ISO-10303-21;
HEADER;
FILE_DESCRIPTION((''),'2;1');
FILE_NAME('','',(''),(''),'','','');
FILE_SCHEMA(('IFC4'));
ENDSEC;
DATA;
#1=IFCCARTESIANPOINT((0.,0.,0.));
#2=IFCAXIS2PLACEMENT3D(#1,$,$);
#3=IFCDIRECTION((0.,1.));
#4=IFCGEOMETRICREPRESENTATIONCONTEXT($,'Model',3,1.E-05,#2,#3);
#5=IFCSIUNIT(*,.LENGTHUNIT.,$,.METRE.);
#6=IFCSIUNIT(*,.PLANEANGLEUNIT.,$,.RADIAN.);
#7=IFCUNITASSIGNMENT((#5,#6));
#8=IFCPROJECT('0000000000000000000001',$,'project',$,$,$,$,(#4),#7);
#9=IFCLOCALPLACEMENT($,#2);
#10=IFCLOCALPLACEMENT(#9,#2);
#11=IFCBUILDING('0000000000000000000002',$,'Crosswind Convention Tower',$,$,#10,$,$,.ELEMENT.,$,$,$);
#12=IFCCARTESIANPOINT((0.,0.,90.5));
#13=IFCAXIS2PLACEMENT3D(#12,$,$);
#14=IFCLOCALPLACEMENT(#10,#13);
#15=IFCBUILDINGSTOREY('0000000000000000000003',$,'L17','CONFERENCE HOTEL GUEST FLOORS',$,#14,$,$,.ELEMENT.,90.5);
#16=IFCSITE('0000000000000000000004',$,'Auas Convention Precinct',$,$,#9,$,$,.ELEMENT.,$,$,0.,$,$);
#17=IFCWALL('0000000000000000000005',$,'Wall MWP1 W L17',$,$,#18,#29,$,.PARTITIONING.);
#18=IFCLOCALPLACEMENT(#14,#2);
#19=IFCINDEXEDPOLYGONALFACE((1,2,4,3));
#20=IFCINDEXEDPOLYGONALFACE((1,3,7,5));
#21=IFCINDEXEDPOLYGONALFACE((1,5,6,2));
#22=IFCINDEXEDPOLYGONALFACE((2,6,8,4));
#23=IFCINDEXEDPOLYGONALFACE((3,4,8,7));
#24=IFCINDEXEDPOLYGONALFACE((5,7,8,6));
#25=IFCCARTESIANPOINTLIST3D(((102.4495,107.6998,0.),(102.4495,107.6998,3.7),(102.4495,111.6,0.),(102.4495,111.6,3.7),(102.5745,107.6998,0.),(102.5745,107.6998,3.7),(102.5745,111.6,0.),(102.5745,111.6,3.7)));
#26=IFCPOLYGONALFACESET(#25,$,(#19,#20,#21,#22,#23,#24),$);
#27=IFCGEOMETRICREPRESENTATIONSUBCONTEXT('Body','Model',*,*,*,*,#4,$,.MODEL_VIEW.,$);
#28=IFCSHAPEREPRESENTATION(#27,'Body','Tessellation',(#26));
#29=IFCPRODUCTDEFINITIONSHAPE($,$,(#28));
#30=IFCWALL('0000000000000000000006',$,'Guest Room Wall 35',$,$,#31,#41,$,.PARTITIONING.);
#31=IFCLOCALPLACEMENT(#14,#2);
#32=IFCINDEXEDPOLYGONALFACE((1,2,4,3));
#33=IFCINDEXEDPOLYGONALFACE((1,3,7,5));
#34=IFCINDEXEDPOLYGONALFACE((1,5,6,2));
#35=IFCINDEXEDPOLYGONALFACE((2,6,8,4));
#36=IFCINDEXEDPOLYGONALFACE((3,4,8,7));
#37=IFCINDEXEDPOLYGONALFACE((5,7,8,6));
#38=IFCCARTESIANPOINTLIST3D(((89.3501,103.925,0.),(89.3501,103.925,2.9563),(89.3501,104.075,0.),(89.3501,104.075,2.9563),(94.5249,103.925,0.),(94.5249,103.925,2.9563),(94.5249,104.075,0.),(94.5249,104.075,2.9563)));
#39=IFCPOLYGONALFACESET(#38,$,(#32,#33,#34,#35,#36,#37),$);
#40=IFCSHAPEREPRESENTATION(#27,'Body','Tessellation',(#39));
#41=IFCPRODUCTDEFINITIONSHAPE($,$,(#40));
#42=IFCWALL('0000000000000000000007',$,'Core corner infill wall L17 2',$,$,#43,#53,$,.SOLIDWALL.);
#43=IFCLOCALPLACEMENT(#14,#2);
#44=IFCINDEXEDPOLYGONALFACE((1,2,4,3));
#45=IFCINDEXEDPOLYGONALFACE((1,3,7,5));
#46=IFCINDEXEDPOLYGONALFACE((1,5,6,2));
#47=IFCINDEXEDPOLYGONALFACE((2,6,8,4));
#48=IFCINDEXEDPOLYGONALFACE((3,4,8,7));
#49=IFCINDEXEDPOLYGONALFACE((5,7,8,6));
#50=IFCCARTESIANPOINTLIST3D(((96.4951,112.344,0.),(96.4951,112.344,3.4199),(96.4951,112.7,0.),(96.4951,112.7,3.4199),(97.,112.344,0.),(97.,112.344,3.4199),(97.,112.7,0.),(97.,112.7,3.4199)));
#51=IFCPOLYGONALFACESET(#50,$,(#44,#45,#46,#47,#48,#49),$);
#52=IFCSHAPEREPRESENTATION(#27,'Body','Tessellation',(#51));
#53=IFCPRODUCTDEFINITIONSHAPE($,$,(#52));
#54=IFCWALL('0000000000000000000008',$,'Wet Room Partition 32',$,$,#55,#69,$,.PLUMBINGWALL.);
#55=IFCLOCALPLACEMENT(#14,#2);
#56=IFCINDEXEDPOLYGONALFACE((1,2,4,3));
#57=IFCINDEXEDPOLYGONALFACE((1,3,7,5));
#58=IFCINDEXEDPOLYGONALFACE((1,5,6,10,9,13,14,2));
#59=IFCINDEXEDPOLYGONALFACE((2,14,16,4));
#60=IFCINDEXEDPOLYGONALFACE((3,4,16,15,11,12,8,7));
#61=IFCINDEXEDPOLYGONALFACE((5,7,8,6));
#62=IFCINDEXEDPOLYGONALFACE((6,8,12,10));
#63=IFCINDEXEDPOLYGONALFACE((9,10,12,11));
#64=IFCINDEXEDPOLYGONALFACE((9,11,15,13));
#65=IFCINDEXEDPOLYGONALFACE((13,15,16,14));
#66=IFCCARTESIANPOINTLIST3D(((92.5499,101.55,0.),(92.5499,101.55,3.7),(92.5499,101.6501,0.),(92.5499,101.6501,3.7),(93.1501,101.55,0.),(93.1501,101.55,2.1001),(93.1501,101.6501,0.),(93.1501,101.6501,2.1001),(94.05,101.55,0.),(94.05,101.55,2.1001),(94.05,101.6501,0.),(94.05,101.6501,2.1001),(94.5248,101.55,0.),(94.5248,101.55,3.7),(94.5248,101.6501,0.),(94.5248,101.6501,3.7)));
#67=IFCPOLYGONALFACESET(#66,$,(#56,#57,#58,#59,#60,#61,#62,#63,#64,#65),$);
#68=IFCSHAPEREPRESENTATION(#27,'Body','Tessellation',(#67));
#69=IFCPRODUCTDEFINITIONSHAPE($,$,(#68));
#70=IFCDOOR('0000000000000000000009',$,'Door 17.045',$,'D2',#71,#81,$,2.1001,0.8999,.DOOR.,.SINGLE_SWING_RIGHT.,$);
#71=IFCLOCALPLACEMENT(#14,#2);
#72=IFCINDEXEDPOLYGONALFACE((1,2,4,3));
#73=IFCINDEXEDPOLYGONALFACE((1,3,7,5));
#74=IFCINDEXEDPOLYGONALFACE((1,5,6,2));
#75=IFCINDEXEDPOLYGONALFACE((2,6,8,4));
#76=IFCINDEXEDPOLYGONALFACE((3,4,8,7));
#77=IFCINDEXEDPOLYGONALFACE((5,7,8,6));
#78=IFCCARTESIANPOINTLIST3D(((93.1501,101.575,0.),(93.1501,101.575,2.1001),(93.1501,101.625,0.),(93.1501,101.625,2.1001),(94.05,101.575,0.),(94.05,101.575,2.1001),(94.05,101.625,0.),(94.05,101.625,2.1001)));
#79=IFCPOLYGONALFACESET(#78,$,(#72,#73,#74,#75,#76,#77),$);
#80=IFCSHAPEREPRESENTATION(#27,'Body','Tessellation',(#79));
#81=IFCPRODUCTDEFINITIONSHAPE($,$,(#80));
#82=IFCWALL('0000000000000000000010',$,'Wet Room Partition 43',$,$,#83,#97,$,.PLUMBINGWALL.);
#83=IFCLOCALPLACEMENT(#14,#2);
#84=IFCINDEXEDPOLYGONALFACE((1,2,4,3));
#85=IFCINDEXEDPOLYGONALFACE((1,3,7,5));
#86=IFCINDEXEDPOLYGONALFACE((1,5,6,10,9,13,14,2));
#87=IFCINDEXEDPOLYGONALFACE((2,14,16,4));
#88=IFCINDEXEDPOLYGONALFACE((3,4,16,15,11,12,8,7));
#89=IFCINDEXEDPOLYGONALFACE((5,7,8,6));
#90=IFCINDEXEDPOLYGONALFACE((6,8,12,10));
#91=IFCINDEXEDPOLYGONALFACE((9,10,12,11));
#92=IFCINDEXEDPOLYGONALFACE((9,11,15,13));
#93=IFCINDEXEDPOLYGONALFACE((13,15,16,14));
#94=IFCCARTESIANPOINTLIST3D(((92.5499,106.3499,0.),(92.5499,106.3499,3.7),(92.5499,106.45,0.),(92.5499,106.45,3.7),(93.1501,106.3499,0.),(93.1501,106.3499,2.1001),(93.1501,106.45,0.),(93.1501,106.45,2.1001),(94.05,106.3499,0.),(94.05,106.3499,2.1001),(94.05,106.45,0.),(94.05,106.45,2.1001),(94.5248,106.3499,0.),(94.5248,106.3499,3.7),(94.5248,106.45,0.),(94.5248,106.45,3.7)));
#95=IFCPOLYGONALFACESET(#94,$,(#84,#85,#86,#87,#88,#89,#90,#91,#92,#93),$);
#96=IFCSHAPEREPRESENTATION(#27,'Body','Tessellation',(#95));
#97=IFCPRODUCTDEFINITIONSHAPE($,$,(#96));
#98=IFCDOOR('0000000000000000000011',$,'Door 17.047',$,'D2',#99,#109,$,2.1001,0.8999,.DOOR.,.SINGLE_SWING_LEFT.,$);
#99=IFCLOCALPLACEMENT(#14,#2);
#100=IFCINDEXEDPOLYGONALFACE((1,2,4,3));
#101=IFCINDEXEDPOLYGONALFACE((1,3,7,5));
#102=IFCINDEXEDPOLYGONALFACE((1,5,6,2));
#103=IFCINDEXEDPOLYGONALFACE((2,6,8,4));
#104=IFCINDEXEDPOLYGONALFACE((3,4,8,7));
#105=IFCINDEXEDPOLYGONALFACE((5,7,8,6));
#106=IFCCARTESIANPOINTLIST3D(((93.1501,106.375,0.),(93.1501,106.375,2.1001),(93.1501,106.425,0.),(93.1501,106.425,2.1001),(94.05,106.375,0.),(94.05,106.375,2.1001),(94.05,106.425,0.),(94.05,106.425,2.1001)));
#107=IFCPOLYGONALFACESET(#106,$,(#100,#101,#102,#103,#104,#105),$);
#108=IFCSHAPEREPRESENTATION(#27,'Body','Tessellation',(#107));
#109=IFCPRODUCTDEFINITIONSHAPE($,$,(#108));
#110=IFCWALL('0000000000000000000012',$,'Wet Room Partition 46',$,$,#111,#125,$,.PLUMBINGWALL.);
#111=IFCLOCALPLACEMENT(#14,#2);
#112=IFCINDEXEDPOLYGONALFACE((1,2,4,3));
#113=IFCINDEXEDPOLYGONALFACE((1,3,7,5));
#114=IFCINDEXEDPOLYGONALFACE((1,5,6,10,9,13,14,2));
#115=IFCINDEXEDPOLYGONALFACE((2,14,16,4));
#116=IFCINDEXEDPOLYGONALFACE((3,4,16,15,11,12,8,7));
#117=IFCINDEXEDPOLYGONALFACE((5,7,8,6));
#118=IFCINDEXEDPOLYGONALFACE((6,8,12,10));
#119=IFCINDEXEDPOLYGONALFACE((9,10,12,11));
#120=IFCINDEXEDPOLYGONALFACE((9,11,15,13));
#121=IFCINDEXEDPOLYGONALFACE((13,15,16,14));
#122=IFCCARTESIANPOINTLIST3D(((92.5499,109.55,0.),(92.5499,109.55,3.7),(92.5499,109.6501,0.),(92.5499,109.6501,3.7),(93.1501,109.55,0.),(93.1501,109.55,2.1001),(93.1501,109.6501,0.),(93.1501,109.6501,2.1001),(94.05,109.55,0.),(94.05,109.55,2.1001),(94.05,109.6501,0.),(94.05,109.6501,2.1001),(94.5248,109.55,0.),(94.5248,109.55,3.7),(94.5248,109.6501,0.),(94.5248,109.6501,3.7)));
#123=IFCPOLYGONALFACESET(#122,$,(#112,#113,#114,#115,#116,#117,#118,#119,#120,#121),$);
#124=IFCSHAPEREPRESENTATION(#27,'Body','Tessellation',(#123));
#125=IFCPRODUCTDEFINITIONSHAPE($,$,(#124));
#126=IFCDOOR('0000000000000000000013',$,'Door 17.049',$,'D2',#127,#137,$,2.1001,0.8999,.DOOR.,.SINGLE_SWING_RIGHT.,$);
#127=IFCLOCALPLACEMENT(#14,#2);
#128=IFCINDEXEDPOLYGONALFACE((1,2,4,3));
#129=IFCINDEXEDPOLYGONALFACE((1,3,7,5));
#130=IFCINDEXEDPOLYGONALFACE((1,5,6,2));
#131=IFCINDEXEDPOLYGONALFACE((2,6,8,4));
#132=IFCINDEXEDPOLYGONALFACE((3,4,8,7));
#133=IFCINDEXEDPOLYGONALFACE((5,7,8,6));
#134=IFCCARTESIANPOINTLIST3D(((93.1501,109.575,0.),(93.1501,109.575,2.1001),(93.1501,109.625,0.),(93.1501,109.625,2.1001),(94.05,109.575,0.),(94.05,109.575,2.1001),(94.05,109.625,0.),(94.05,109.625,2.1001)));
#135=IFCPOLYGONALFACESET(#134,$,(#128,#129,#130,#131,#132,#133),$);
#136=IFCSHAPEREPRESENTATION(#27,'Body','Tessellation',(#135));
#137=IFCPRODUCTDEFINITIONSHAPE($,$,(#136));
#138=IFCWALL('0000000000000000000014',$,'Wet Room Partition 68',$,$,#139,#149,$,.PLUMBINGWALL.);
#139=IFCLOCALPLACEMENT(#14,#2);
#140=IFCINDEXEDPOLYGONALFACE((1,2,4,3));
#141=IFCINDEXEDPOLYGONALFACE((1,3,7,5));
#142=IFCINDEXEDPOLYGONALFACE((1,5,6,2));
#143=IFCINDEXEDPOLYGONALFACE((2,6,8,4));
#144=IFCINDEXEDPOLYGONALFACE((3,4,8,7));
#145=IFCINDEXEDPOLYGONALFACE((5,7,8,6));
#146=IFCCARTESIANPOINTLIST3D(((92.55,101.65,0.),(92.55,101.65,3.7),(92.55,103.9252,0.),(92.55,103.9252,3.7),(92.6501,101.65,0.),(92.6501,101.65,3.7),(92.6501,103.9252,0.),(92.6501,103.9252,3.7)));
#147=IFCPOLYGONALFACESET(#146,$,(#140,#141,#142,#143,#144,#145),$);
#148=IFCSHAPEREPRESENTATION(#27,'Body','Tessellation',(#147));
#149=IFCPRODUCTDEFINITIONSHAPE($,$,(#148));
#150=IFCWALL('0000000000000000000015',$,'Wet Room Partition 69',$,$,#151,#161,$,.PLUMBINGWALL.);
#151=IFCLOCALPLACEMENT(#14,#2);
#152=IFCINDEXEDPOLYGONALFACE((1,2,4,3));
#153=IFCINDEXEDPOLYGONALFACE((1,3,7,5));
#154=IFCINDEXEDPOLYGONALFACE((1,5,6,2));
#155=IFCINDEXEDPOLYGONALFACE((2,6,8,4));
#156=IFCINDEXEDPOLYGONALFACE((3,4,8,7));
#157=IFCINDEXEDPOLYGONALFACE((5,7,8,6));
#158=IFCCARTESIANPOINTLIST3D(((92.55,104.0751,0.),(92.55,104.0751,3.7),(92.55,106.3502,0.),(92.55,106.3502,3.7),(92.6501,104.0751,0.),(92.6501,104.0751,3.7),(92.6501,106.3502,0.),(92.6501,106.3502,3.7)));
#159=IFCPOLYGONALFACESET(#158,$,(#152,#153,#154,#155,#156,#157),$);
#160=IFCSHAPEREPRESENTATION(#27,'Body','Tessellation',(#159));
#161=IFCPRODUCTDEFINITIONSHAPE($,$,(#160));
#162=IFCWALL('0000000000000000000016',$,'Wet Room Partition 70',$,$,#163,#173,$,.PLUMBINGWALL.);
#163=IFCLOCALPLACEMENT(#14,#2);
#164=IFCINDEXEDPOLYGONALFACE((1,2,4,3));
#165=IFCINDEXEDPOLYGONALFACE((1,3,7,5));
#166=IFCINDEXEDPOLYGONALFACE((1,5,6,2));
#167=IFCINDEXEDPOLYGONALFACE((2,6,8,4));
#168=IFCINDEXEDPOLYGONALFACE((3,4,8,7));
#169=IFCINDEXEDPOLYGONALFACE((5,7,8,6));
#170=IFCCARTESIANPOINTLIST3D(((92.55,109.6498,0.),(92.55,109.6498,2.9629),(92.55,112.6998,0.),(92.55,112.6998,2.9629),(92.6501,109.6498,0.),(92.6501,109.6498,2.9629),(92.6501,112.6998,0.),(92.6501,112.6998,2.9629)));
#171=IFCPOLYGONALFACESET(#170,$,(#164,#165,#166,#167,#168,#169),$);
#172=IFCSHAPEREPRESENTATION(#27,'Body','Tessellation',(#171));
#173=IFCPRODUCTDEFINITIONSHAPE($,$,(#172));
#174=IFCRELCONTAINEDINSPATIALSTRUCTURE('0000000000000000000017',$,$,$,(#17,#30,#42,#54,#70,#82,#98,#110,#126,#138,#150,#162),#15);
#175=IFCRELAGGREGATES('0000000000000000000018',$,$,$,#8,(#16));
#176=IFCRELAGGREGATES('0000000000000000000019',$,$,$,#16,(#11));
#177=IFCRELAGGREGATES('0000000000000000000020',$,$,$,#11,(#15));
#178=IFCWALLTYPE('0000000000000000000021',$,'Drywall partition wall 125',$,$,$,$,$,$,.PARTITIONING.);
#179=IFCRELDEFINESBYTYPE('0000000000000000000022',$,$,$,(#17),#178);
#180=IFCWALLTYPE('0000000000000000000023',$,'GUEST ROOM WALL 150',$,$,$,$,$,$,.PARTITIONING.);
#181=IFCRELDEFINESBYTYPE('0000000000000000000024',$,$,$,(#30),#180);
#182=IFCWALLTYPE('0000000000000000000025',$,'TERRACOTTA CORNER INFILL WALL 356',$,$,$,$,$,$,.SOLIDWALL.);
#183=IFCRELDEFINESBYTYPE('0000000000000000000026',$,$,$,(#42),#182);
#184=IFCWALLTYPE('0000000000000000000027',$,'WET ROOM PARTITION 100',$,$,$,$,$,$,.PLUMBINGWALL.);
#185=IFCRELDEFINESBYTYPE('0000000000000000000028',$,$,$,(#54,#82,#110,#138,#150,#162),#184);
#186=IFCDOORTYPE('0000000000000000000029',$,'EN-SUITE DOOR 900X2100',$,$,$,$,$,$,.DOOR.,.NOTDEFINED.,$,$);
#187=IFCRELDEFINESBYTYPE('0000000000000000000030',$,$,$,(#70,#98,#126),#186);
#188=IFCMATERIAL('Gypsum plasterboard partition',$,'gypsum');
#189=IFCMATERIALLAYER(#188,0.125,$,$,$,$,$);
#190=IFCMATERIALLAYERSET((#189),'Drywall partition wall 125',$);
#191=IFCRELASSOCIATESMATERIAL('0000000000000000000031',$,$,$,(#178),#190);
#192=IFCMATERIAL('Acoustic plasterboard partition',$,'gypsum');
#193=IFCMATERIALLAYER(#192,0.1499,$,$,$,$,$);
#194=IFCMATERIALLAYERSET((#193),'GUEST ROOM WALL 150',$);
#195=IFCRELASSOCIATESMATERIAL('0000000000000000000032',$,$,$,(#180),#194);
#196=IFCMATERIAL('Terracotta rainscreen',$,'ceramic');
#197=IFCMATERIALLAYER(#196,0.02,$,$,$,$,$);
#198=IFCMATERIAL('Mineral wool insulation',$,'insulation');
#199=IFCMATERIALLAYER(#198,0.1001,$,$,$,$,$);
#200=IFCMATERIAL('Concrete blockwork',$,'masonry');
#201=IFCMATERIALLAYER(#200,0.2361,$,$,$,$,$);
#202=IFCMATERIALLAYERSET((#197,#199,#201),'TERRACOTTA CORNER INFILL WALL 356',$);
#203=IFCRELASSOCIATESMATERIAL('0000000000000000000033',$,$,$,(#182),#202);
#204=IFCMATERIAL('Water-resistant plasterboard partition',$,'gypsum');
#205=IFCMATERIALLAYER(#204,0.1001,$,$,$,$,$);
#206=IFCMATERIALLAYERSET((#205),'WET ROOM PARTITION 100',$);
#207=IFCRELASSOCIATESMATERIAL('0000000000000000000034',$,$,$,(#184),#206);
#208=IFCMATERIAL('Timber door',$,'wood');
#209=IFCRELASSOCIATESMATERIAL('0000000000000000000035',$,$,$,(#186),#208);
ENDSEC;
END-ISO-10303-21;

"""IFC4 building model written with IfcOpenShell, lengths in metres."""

from ifc_helpers import new_model, si_unit, direction, frame, frame_2d, origin, place, context, subcontext, project, spatial, rectangle, extrude, material, layer, layer_set, type_object, element, fill, save


model = new_model("IFC4")

# Units and contexts
model_context = context("Model", 3, precision=1e-05, world=origin(), true_north=direction((0.0, 1.0)))
body_context = subcontext(model_context, "Body", "Model", "MODEL_VIEW")
ifc_project = project(units=[si_unit("LENGTHUNIT", "METRE"), si_unit("PLANEANGLEUNIT", "RADIAN")], contexts=[model_context])

# Site, building, storey
site_placement = place(None, origin())
site = spatial("IfcSite", under=ifc_project, at=site_placement, Name="Auas Convention Precinct", CompositionType="ELEMENT", RefElevation=0.0)
building_placement = place(site_placement, origin())
building = spatial("IfcBuilding", under=site, at=building_placement, Name="Crosswind Convention Tower", CompositionType="ELEMENT")
storey_placement = place(building_placement, frame((0.0, 0.0, 90.5)))
storey = spatial("IfcBuildingStorey", under=building, at=storey_placement, Name="L17", Description="CONFERENCE HOTEL GUEST FLOORS", CompositionType="ELEMENT", Elevation=90.5)

# Walls
ifc_material_1 = material(Name="Gypsum plasterboard partition", Category="gypsum")
ifc_layer_1 = layer(ifc_material_1, 0.125)
ifc_layer_set_1 = layer_set([ifc_layer_1], Name="Drywall partition wall 125")
wall_type_1 = type_object("IfcWallType", Name="Drywall partition wall 125", PredefinedType="PARTITIONING", material=ifc_layer_set_1)
wall_1_placement = place(storey_placement, frame((102.512, 111.6001, 0.0), z_axis=(0.0, 0.0, 1.0), x_axis=(0.0, -1.0, 0.0)))
element("IfcWall", 1, at=wall_1_placement, inside=storey, type_object=wall_type_1, Name="Wall MWP1 W L17", PredefinedType="PARTITIONING", context=body_context, shape_type="SweptSolid", body=[
    extrude(rectangle(XDim=3.9001, YDim=0.125, at=frame_2d((1.9502, 0.0))), origin(), (0.0, 0.0, 1.0), 3.7),
])
ifc_material_2 = material(Name="Acoustic plasterboard partition", Category="gypsum")
ifc_layer_2 = layer(ifc_material_2, 0.1499)
ifc_layer_set_2 = layer_set([ifc_layer_2], Name="GUEST ROOM WALL 150")
wall_type_2 = type_object("IfcWallType", Name="GUEST ROOM WALL 150", PredefinedType="PARTITIONING", material=ifc_layer_set_2)
wall_2_placement = place(storey_placement, frame((89.3501, 104.0, 0.0), z_axis=(0.0, 0.0, 1.0), x_axis=(1.0, 0.0, 0.0)))
element("IfcWall", 2, at=wall_2_placement, inside=storey, type_object=wall_type_2, Name="Guest Room Wall 35", PredefinedType="PARTITIONING", context=body_context, shape_type="SweptSolid", body=[
    extrude(rectangle(XDim=5.1748, YDim=0.1499, at=frame_2d((2.5874, 0.0))), origin(), (0.0, 0.0, 1.0), 2.9563),
])
ifc_material_3 = material(Name="Terracotta rainscreen", Category="ceramic")
ifc_layer_3 = layer(ifc_material_3, 0.02)
ifc_material_4 = material(Name="Mineral wool insulation", Category="insulation")
ifc_layer_4 = layer(ifc_material_4, 0.1001)
ifc_material_5 = material(Name="Concrete blockwork", Category="masonry")
ifc_layer_5 = layer(ifc_material_5, 0.2361)
ifc_layer_set_3 = layer_set([ifc_layer_3, ifc_layer_4, ifc_layer_5], Name="TERRACOTTA CORNER INFILL WALL 356")
wall_type_3 = type_object("IfcWallType", Name="TERRACOTTA CORNER INFILL WALL 356", PredefinedType="SOLIDWALL", material=ifc_layer_set_3)
wall_3_placement = place(storey_placement, frame((96.4951, 112.522, 0.0), z_axis=(0.0, 0.0, 1.0), x_axis=(1.0, 0.0, 0.0)))
element("IfcWall", 3, at=wall_3_placement, inside=storey, type_object=wall_type_3, Name="Core corner infill wall L17 2", PredefinedType="SOLIDWALL", context=body_context, shape_type="SweptSolid", body=[
    extrude(rectangle(XDim=0.5049, YDim=0.356, at=frame_2d((0.2524, 0.0))), origin(), (0.0, 0.0, 1.0), 3.4199),
])

# Walls, openings, doors
ifc_material_6 = material(Name="Water-resistant plasterboard partition", Category="gypsum")
ifc_layer_6 = layer(ifc_material_6, 0.1001)
ifc_layer_set_4 = layer_set([ifc_layer_6], Name="WET ROOM PARTITION 100")
wall_type_4 = type_object("IfcWallType", Name="WET ROOM PARTITION 100", PredefinedType="PLUMBINGWALL", material=ifc_layer_set_4)
wall_4_placement = place(storey_placement, frame((92.55, 101.6001, 0.0), z_axis=(0.0, 0.0, 1.0), x_axis=(1.0, 0.0, 0.0)))
wall_4 = element("IfcWall", 4, at=wall_4_placement, inside=storey, type_object=wall_type_4, Name="Wet Room Partition 32", PredefinedType="PLUMBINGWALL", context=body_context, shape_type="SweptSolid", body=[
    extrude(rectangle(XDim=1.9749, YDim=0.1001, at=frame_2d((0.9873, 0.0))), origin(), (0.0, 0.0, 1.0), 3.7),
])
opening_1_placement = place(wall_4_placement, frame((0.6001, 0.0, 0.0)))
opening_1 = element("IfcOpeningElement", 5, at=opening_1_placement, cuts=wall_4, PredefinedType="OPENING", context=body_context, shape_type="SweptSolid", body=[
    extrude(rectangle(XDim=0.8999, YDim=2.1001, at=frame_2d((0.45, 1.05))), frame((0.0, 0.0601, 0.0), z_axis=(0.0, -1.0, 0.0), x_axis=(1.0, 0.0, 0.0)), (0.0, 0.0, 1.0), 0.1201),
])
ifc_material_7 = material(Name="Timber door", Category="wood")
door_type_1 = type_object("IfcDoorType", Name="EN-SUITE DOOR 900X2100", OperationType="NOTDEFINED", PredefinedType="DOOR", material=ifc_material_7)
door_1_placement = place(opening_1_placement, origin())
door_1 = element("IfcDoor", 6, at=door_1_placement, inside=storey, type_object=door_type_1, Name="Door 17.045", ObjectType="D2", OperationType="SINGLE_SWING_RIGHT", OverallHeight=2.1001, OverallWidth=0.8999, PredefinedType="DOOR", context=body_context, shape_type="SweptSolid", body=[
    extrude(rectangle(XDim=0.8999, YDim=2.1001, at=frame_2d((0.45, 1.05))), frame((0.0, 0.0249, 0.0), z_axis=(0.0, -1.0, 0.0), x_axis=(1.0, 0.0, 0.0)), (0.0, 0.0, 1.0), 0.05),
])
fill(opening_1, door_1)
wall_5_placement = place(storey_placement, frame((92.55, 106.3999, 0.0), z_axis=(0.0, 0.0, 1.0), x_axis=(1.0, 0.0, 0.0)))
wall_5 = element("IfcWall", 7, at=wall_5_placement, inside=storey, type_object=wall_type_4, Name="Wet Room Partition 43", PredefinedType="PLUMBINGWALL", context=body_context, shape_type="SweptSolid", body=[
    extrude(rectangle(XDim=1.9749, YDim=0.1001, at=frame_2d((0.9873, 0.0))), origin(), (0.0, 0.0, 1.0), 3.7),
])
opening_2_placement = place(wall_5_placement, frame((0.6001, 0.0, 0.0)))
opening_2 = element("IfcOpeningElement", 8, at=opening_2_placement, cuts=wall_5, PredefinedType="OPENING", context=body_context, shape_type="SweptSolid", body=[
    extrude(rectangle(XDim=0.8999, YDim=2.1001, at=frame_2d((0.45, 1.05))), frame((0.0, 0.0601, 0.0), z_axis=(0.0, -1.0, 0.0), x_axis=(1.0, 0.0, 0.0)), (0.0, 0.0, 1.0), 0.1201),
])
door_2_placement = place(opening_2_placement, frame((0.8999, 0.0, 0.0), z_axis=(0.0, 0.0, 1.0), x_axis=(-1.0, 0.0, 0.0)))
door_2 = element("IfcDoor", 9, at=door_2_placement, inside=storey, type_object=door_type_1, Name="Door 17.047", ObjectType="D2", OperationType="SINGLE_SWING_LEFT", OverallHeight=2.1001, OverallWidth=0.8999, PredefinedType="DOOR", context=body_context, shape_type="SweptSolid", body=[
    extrude(rectangle(XDim=0.8999, YDim=2.1001, at=frame_2d((0.45, 1.05))), frame((0.0, 0.0249, 0.0), z_axis=(0.0, -1.0, 0.0), x_axis=(1.0, 0.0, 0.0)), (0.0, 0.0, 1.0), 0.05),
])
fill(opening_2, door_2)
wall_6_placement = place(storey_placement, frame((92.55, 109.6001, 0.0), z_axis=(0.0, 0.0, 1.0), x_axis=(1.0, 0.0, 0.0)))
wall_6 = element("IfcWall", 10, at=wall_6_placement, inside=storey, type_object=wall_type_4, Name="Wet Room Partition 46", PredefinedType="PLUMBINGWALL", context=body_context, shape_type="SweptSolid", body=[
    extrude(rectangle(XDim=1.9749, YDim=0.1001, at=frame_2d((0.9873, 0.0))), origin(), (0.0, 0.0, 1.0), 3.7),
])
opening_3_placement = place(wall_6_placement, frame((0.6001, 0.0, 0.0)))
opening_3 = element("IfcOpeningElement", 11, at=opening_3_placement, cuts=wall_6, PredefinedType="OPENING", context=body_context, shape_type="SweptSolid", body=[
    extrude(rectangle(XDim=0.8999, YDim=2.1001, at=frame_2d((0.45, 1.05))), frame((0.0, 0.0601, 0.0), z_axis=(0.0, -1.0, 0.0), x_axis=(1.0, 0.0, 0.0)), (0.0, 0.0, 1.0), 0.1201),
])
door_3_placement = place(opening_3_placement, origin())
door_3 = element("IfcDoor", 12, at=door_3_placement, inside=storey, type_object=door_type_1, Name="Door 17.049", ObjectType="D2", OperationType="SINGLE_SWING_RIGHT", OverallHeight=2.1001, OverallWidth=0.8999, PredefinedType="DOOR", context=body_context, shape_type="SweptSolid", body=[
    extrude(rectangle(XDim=0.8999, YDim=2.1001, at=frame_2d((0.45, 1.05))), frame((0.0, 0.0249, 0.0), z_axis=(0.0, -1.0, 0.0), x_axis=(1.0, 0.0, 0.0)), (0.0, 0.0, 1.0), 0.05),
])
fill(opening_3, door_3)

# Walls
for number, where, z_axis, x_axis, name in (
    (13, (92.6001, 101.6499, 0.0), (0.0, 0.0, 1.0), (0.0, 1.0, 0.0), "Wet Room Partition 68"),
    (14, (92.6001, 104.075, 0.0), (0.0, 0.0, 1.0), (0.0, 1.0, 0.0), "Wet Room Partition 69"),
):
    element("IfcWall", number, at=place(storey_placement, frame(where, z_axis=z_axis, x_axis=x_axis)), inside=storey, type_object=wall_type_4, Name=name, PredefinedType="PLUMBINGWALL", context=body_context, shape_type="SweptSolid", body=[
        extrude(rectangle(XDim=2.2751, YDim=0.1001, at=frame_2d((1.1377, 0.0))), origin(), (0.0, 0.0, 1.0), 3.7),
    ])
wall_7_placement = place(storey_placement, frame((92.6001, 109.6499, 0.0), z_axis=(0.0, 0.0, 1.0), x_axis=(0.0, 1.0, 0.0)))
element("IfcWall", 15, at=wall_7_placement, inside=storey, type_object=wall_type_4, Name="Wet Room Partition 70", PredefinedType="PLUMBINGWALL", context=body_context, shape_type="SweptSolid", body=[
    extrude(rectangle(XDim=3.05, YDim=0.1001, at=frame_2d((1.5249, 0.0))), origin(), (0.0, 0.0, 1.0), 2.9629),
])

save(model, "model.ifc")
